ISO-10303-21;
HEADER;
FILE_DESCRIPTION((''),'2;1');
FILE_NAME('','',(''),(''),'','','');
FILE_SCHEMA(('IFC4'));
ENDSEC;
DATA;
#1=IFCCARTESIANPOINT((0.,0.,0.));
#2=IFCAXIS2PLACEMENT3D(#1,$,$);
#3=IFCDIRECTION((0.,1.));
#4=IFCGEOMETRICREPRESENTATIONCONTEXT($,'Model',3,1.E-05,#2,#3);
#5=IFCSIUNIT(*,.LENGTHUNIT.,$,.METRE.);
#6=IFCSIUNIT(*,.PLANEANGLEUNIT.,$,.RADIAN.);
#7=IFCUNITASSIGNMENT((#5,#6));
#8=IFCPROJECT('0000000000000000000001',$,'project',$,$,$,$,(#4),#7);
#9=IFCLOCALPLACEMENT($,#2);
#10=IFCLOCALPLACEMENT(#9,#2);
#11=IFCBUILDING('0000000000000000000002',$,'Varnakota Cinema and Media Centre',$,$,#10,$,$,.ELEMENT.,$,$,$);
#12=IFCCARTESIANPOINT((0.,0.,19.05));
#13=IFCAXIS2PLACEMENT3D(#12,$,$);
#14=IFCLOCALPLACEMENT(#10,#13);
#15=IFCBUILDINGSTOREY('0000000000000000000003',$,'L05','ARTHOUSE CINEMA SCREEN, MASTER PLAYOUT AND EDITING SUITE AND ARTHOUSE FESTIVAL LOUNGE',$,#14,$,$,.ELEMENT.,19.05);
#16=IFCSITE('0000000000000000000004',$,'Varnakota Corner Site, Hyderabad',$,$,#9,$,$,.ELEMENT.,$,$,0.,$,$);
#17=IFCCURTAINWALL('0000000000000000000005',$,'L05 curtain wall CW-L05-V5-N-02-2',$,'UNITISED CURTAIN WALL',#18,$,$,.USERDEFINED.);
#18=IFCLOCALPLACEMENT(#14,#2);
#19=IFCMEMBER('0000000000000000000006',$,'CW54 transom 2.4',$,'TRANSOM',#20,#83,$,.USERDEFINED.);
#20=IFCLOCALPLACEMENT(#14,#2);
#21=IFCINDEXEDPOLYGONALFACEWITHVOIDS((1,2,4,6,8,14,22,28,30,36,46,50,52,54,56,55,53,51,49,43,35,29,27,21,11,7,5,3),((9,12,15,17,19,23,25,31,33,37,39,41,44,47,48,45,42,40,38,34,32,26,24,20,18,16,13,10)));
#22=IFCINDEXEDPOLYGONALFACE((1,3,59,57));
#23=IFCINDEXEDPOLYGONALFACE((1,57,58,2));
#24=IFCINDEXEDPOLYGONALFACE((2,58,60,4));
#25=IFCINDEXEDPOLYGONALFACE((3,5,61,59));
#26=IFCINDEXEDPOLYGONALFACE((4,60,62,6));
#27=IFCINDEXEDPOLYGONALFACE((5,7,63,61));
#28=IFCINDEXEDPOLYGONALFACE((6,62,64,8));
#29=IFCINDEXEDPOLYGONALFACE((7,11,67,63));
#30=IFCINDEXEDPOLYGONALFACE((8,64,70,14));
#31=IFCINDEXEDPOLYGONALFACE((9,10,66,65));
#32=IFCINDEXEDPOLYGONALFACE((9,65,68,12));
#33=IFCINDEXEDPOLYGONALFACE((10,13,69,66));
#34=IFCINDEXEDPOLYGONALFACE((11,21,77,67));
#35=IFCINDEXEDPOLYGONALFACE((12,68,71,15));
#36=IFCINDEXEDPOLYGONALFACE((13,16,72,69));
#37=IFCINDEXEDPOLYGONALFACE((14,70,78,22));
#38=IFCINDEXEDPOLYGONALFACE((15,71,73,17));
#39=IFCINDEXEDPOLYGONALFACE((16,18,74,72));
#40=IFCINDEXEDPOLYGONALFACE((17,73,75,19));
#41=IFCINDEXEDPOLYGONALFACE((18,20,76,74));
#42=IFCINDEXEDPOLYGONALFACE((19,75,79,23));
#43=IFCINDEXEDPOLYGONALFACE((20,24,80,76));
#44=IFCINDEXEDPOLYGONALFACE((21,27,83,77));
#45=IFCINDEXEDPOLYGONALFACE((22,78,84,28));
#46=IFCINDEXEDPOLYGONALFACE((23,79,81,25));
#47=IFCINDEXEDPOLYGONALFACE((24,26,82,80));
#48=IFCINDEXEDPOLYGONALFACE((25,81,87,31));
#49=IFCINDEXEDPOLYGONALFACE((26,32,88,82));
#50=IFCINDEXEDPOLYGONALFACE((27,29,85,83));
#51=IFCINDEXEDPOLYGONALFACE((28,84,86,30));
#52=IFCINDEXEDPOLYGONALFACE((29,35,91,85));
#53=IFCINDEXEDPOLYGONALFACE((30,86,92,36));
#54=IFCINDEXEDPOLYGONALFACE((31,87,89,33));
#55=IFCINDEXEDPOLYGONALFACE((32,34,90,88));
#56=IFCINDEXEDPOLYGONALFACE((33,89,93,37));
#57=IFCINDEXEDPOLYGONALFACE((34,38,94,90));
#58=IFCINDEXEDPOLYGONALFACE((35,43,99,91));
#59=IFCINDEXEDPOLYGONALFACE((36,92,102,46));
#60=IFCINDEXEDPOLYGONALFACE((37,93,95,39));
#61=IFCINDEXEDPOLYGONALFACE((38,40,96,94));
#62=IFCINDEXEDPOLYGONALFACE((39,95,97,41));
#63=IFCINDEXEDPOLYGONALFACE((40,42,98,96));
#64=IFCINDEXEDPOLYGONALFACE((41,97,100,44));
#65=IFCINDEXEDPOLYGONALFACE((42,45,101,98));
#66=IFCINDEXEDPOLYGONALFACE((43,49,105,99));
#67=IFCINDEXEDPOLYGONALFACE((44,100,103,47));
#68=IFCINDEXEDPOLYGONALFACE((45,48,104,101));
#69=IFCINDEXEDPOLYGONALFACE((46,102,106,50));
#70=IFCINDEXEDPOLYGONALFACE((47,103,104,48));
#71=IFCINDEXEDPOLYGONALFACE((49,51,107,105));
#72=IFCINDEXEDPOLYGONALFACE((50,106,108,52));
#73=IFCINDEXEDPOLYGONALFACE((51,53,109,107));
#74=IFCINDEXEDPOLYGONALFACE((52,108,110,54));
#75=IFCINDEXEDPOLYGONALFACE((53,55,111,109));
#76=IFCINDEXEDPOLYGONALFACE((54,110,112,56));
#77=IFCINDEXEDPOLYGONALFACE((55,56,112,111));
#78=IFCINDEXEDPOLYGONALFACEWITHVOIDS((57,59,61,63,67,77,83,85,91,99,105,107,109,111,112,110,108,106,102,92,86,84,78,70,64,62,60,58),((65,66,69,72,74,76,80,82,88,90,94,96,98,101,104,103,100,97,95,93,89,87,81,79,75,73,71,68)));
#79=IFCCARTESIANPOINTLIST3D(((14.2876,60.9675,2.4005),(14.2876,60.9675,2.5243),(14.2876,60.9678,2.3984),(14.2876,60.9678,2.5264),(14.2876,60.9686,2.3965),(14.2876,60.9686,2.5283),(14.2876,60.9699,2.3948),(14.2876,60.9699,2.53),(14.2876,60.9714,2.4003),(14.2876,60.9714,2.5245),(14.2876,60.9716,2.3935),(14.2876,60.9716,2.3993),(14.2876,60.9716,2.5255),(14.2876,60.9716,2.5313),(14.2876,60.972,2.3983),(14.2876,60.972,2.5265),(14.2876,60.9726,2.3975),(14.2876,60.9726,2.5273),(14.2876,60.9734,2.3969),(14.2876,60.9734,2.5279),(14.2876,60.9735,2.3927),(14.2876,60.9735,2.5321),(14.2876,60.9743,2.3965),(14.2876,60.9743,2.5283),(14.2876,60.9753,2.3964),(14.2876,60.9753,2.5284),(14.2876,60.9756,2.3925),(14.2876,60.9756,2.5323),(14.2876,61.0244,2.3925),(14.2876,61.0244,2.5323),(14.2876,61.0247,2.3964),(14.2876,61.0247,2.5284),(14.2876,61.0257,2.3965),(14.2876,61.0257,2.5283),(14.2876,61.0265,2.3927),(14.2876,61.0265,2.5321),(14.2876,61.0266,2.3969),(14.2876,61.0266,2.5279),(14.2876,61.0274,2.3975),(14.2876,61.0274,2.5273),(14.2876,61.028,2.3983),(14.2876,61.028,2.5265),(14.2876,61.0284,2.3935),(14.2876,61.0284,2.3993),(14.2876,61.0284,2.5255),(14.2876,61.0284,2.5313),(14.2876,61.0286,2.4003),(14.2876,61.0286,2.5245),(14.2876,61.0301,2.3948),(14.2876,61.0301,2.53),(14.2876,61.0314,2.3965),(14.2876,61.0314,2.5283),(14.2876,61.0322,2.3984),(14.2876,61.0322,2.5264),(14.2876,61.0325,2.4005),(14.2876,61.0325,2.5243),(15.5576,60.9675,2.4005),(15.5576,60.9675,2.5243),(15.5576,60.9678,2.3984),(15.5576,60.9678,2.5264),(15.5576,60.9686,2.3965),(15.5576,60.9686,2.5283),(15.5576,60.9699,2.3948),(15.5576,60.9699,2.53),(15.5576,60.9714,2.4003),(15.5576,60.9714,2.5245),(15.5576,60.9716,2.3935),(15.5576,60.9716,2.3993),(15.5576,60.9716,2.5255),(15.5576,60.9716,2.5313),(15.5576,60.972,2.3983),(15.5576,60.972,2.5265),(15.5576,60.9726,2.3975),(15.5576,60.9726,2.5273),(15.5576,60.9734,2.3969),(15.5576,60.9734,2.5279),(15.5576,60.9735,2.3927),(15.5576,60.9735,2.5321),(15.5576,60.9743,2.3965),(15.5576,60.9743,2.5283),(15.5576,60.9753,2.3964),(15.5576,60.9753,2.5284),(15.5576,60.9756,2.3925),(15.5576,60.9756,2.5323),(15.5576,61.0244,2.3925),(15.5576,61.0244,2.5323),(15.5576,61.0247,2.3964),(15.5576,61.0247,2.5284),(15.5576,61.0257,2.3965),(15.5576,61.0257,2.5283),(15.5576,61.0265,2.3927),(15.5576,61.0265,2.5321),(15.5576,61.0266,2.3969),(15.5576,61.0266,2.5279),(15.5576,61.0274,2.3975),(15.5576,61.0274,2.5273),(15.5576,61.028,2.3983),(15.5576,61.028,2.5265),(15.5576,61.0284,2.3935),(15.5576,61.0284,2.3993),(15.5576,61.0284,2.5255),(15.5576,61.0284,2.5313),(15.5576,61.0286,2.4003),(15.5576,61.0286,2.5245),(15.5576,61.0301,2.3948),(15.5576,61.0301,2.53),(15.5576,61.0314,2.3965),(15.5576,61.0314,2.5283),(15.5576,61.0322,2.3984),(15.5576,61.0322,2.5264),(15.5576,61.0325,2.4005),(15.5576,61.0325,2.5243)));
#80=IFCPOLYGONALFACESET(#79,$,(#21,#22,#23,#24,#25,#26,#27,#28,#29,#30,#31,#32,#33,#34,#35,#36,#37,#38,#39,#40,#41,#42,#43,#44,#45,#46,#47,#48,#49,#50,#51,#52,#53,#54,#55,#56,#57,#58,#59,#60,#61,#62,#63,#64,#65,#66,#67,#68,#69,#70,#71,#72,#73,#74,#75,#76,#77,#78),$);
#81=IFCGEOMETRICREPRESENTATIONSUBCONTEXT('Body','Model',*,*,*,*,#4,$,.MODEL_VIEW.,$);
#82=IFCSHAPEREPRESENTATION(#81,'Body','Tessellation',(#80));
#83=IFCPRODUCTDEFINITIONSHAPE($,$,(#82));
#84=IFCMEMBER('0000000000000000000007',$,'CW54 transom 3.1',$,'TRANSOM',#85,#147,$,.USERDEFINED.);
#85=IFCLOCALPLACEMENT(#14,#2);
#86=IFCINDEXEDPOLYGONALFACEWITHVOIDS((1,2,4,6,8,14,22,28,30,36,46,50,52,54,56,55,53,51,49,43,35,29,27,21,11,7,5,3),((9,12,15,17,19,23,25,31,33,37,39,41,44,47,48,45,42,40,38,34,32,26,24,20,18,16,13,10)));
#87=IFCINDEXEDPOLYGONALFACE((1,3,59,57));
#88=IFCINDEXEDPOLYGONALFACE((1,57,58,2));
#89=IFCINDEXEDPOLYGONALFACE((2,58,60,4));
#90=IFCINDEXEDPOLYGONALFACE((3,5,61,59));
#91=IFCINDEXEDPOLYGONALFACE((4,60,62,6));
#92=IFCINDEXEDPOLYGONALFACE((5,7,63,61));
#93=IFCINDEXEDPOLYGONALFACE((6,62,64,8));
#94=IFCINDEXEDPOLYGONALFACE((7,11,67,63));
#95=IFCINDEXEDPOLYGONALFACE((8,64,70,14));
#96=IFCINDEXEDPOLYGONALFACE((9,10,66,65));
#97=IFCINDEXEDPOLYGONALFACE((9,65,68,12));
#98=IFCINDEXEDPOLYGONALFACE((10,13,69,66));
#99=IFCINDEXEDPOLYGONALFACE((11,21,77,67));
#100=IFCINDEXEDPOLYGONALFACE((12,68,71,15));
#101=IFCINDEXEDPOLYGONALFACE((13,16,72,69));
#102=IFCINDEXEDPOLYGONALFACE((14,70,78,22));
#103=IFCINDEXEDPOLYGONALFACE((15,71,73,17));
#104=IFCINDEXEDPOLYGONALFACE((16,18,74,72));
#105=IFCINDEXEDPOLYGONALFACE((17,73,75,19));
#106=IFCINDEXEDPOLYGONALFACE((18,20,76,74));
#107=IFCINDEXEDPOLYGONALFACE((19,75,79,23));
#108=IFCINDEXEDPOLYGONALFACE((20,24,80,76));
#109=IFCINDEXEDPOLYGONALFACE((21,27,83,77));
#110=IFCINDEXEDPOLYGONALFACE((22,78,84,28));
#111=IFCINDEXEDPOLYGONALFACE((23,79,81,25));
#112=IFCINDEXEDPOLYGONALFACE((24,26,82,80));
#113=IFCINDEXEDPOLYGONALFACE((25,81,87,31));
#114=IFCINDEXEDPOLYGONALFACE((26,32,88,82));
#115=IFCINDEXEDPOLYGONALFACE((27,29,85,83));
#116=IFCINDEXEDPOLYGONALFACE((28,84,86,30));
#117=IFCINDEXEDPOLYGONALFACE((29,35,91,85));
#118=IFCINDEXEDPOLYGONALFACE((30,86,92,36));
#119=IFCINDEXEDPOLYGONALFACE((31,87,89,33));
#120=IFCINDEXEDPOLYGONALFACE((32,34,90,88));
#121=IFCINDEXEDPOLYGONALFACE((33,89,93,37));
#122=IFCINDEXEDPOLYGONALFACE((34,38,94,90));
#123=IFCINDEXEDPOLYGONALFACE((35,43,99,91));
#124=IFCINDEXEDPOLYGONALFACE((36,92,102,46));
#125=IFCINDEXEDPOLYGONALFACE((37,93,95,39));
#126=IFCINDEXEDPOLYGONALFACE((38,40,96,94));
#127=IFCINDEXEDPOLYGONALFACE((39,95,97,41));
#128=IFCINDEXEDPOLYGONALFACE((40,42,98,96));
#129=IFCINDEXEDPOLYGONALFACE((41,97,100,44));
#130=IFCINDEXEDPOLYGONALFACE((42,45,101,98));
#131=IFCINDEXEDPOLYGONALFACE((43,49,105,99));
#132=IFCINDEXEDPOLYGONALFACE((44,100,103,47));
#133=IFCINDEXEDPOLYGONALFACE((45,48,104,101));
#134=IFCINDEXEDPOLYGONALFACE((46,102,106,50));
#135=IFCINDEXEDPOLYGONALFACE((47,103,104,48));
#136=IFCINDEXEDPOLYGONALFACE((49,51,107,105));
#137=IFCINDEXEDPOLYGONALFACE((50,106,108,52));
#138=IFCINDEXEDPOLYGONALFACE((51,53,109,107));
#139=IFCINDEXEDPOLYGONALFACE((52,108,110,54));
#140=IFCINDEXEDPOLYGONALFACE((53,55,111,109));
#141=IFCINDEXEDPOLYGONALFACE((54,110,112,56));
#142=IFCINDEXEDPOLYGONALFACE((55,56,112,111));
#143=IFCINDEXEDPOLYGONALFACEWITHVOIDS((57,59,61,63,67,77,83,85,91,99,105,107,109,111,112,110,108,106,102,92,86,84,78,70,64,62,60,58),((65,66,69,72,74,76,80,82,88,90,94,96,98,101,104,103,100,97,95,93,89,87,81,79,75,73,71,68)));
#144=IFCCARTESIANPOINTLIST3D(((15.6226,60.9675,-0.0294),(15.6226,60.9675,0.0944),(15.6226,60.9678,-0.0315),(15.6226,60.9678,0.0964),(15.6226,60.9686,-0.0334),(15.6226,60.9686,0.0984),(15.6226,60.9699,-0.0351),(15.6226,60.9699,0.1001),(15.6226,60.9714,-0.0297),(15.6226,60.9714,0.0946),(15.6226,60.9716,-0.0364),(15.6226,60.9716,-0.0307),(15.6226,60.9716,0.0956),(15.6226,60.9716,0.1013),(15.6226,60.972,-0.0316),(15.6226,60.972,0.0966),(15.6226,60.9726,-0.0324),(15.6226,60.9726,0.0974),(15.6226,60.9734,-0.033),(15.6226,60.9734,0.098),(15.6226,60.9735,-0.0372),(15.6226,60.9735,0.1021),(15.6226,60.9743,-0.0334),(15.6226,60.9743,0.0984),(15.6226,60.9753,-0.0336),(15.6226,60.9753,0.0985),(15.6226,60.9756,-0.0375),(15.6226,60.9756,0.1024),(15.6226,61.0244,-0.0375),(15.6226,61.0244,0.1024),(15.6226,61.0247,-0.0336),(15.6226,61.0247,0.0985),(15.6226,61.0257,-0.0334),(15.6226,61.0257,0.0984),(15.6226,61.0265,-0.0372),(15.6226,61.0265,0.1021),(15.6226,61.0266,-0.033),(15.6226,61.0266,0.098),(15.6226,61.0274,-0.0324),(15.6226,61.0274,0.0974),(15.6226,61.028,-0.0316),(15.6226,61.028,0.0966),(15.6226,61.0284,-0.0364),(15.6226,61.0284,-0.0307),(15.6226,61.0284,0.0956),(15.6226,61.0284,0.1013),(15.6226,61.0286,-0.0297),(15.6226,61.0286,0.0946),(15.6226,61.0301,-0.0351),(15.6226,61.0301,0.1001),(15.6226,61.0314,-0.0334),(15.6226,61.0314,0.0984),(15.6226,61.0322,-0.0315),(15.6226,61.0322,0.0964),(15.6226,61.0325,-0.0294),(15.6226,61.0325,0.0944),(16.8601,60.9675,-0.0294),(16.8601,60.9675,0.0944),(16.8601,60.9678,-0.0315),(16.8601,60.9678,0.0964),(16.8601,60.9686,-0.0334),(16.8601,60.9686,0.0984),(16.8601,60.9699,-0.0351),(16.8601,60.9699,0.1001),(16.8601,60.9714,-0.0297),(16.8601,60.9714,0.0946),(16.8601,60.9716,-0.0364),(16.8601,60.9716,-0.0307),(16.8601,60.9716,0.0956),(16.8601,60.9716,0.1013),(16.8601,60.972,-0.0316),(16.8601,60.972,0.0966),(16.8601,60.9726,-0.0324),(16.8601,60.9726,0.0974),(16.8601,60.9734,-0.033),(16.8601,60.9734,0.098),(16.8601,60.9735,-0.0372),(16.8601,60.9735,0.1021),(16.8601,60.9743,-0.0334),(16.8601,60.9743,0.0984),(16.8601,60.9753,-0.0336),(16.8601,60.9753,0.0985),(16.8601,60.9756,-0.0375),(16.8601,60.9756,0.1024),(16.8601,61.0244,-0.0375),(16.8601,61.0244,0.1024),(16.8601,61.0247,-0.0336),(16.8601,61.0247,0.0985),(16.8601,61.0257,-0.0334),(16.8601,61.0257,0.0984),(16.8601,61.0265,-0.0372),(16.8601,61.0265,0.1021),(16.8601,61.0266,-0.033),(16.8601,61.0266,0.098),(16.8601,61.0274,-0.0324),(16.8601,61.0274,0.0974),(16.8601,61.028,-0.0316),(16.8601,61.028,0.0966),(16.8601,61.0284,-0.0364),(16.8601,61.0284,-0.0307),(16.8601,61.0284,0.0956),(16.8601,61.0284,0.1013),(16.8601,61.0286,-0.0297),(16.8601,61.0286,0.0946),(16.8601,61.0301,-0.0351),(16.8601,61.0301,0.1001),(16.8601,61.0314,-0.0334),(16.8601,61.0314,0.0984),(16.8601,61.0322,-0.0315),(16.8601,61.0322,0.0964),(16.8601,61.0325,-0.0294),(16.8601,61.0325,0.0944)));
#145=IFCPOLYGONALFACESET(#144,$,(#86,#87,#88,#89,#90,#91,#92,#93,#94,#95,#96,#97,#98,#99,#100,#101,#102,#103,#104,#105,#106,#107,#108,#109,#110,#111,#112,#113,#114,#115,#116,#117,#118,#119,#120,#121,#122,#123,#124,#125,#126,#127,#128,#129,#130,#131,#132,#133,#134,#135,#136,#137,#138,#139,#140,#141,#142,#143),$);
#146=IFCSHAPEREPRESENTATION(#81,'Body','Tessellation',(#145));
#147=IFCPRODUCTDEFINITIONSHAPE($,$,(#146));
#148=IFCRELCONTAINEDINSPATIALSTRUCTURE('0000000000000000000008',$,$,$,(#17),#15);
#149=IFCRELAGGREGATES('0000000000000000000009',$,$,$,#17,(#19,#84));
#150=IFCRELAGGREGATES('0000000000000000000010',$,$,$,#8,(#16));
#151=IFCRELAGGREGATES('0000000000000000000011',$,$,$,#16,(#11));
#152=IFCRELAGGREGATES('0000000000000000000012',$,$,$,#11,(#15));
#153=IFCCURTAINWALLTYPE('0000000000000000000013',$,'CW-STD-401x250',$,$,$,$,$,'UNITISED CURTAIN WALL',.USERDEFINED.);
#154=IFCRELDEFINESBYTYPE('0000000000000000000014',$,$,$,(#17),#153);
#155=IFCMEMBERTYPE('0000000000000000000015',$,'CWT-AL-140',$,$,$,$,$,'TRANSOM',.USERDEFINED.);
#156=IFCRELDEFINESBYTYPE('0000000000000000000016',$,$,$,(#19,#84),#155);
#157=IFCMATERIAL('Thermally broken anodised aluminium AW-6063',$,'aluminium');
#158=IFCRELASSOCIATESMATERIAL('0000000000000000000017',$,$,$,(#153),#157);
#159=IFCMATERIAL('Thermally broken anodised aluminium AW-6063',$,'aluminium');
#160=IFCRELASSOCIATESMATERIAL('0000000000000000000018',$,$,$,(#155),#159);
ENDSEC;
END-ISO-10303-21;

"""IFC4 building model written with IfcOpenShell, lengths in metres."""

from ifc_helpers import new_model, si_unit, direction, frame, origin, origin_2d, place, context, subcontext, project, spatial, hollow_rectangle, extrude, material, material_profile, profile_set, type_object, element, aggregate, save


model = new_model("IFC4")

# Units and contexts
model_context = context("Model", 3, precision=1e-05, world=origin(), true_north=direction((0.0, 1.0)))
body_context = subcontext(model_context, "Body", "Model", "MODEL_VIEW")
ifc_project = project(units=[si_unit("LENGTHUNIT", "METRE"), si_unit("PLANEANGLEUNIT", "RADIAN")], contexts=[model_context])

# Site, building, storey
site_placement = place(None, origin())
site = spatial("IfcSite", under=ifc_project, at=site_placement, Name="Varnakota Corner Site, Hyderabad", CompositionType="ELEMENT", RefElevation=0.0)
building_placement = place(site_placement, origin())
building = spatial("IfcBuilding", under=site, at=building_placement, Name="Varnakota Cinema and Media Centre", CompositionType="ELEMENT")
storey_placement = place(building_placement, frame((0.0, 0.0, 19.05)))
storey = spatial("IfcBuildingStorey", under=building, at=storey_placement, Name="L05", Description="ARTHOUSE CINEMA SCREEN, MASTER PLAYOUT AND EDITING SUITE AND ARTHOUSE FESTIVAL LOUNGE", CompositionType="ELEMENT", Elevation=19.05)

# Curtain wall, members
ifc_material_1 = material(Name="Thermally broken anodised aluminium AW-6063", Category="aluminium")
curtain_wall_type = type_object("IfcCurtainWallType", Name="CW-STD-401x250", ElementType="UNITISED CURTAIN WALL", PredefinedType="USERDEFINED", material=ifc_material_1)
curtain_wall_placement = place(storey_placement, origin())
curtain_wall = element("IfcCurtainWall", 1, at=curtain_wall_placement, inside=storey, type_object=curtain_wall_type, Name="L05 curtain wall CW-L05-V5-N-02-2", ObjectType="UNITISED CURTAIN WALL", PredefinedType="USERDEFINED")
ifc_material_2 = material(Name="Thermally broken anodised aluminium AW-6063", Category="aluminium")
ifc_material_profile_1 = material_profile(ifc_material_2, hollow_rectangle(XDim=0.0649, YDim=0.1399, WallThickness=0.0039, InnerFilletRadius=0.0039, OuterFilletRadius=0.0081, at=origin_2d()), Name="AL-TRANSOM 140x65x4")
ifc_profile_set_1 = profile_set([ifc_material_profile_1], Name="Thermally broken anodised aluminium AW-6063")
member_type_1 = type_object("IfcMemberType", Name="CWT-AL-140", ElementType="TRANSOM", PredefinedType="USERDEFINED", material=ifc_profile_set_1)
member_1_placement = place(storey_placement, frame((14.2876, 61.0, 2.4624), z_axis=(1.0, 0.0, 0.0), x_axis=(0.0, 1.0, 0.0)))
member_1 = element("IfcMember", 2, at=member_1_placement, type_object=member_type_1, Name="CW54 transom 2.4", ObjectType="TRANSOM", PredefinedType="USERDEFINED", context=body_context, shape_type="SweptSolid", body=[
    extrude(hollow_rectangle(XDim=0.0649, YDim=0.1399, WallThickness=0.0039, InnerFilletRadius=0.0039, OuterFilletRadius=0.0081, at=origin_2d()), origin(), (0.0, 0.0, 1.0), 1.27),
])
member_2_placement = place(storey_placement, frame((15.6226, 61.0, 0.0325), z_axis=(1.0, 0.0, 0.0), x_axis=(0.0, 1.0, 0.0)))
member_2 = element("IfcMember", 3, at=member_2_placement, type_object=member_type_1, Name="CW54 transom 3.1", ObjectType="TRANSOM", PredefinedType="USERDEFINED", context=body_context, shape_type="SweptSolid", body=[
    extrude(hollow_rectangle(XDim=0.0649, YDim=0.1399, WallThickness=0.0039, InnerFilletRadius=0.0039, OuterFilletRadius=0.0081, at=origin_2d()), origin(), (0.0, 0.0, 1.0), 1.2375),
])
aggregate(curtain_wall, [member_1, member_2])

save(model, "model.ifc")
